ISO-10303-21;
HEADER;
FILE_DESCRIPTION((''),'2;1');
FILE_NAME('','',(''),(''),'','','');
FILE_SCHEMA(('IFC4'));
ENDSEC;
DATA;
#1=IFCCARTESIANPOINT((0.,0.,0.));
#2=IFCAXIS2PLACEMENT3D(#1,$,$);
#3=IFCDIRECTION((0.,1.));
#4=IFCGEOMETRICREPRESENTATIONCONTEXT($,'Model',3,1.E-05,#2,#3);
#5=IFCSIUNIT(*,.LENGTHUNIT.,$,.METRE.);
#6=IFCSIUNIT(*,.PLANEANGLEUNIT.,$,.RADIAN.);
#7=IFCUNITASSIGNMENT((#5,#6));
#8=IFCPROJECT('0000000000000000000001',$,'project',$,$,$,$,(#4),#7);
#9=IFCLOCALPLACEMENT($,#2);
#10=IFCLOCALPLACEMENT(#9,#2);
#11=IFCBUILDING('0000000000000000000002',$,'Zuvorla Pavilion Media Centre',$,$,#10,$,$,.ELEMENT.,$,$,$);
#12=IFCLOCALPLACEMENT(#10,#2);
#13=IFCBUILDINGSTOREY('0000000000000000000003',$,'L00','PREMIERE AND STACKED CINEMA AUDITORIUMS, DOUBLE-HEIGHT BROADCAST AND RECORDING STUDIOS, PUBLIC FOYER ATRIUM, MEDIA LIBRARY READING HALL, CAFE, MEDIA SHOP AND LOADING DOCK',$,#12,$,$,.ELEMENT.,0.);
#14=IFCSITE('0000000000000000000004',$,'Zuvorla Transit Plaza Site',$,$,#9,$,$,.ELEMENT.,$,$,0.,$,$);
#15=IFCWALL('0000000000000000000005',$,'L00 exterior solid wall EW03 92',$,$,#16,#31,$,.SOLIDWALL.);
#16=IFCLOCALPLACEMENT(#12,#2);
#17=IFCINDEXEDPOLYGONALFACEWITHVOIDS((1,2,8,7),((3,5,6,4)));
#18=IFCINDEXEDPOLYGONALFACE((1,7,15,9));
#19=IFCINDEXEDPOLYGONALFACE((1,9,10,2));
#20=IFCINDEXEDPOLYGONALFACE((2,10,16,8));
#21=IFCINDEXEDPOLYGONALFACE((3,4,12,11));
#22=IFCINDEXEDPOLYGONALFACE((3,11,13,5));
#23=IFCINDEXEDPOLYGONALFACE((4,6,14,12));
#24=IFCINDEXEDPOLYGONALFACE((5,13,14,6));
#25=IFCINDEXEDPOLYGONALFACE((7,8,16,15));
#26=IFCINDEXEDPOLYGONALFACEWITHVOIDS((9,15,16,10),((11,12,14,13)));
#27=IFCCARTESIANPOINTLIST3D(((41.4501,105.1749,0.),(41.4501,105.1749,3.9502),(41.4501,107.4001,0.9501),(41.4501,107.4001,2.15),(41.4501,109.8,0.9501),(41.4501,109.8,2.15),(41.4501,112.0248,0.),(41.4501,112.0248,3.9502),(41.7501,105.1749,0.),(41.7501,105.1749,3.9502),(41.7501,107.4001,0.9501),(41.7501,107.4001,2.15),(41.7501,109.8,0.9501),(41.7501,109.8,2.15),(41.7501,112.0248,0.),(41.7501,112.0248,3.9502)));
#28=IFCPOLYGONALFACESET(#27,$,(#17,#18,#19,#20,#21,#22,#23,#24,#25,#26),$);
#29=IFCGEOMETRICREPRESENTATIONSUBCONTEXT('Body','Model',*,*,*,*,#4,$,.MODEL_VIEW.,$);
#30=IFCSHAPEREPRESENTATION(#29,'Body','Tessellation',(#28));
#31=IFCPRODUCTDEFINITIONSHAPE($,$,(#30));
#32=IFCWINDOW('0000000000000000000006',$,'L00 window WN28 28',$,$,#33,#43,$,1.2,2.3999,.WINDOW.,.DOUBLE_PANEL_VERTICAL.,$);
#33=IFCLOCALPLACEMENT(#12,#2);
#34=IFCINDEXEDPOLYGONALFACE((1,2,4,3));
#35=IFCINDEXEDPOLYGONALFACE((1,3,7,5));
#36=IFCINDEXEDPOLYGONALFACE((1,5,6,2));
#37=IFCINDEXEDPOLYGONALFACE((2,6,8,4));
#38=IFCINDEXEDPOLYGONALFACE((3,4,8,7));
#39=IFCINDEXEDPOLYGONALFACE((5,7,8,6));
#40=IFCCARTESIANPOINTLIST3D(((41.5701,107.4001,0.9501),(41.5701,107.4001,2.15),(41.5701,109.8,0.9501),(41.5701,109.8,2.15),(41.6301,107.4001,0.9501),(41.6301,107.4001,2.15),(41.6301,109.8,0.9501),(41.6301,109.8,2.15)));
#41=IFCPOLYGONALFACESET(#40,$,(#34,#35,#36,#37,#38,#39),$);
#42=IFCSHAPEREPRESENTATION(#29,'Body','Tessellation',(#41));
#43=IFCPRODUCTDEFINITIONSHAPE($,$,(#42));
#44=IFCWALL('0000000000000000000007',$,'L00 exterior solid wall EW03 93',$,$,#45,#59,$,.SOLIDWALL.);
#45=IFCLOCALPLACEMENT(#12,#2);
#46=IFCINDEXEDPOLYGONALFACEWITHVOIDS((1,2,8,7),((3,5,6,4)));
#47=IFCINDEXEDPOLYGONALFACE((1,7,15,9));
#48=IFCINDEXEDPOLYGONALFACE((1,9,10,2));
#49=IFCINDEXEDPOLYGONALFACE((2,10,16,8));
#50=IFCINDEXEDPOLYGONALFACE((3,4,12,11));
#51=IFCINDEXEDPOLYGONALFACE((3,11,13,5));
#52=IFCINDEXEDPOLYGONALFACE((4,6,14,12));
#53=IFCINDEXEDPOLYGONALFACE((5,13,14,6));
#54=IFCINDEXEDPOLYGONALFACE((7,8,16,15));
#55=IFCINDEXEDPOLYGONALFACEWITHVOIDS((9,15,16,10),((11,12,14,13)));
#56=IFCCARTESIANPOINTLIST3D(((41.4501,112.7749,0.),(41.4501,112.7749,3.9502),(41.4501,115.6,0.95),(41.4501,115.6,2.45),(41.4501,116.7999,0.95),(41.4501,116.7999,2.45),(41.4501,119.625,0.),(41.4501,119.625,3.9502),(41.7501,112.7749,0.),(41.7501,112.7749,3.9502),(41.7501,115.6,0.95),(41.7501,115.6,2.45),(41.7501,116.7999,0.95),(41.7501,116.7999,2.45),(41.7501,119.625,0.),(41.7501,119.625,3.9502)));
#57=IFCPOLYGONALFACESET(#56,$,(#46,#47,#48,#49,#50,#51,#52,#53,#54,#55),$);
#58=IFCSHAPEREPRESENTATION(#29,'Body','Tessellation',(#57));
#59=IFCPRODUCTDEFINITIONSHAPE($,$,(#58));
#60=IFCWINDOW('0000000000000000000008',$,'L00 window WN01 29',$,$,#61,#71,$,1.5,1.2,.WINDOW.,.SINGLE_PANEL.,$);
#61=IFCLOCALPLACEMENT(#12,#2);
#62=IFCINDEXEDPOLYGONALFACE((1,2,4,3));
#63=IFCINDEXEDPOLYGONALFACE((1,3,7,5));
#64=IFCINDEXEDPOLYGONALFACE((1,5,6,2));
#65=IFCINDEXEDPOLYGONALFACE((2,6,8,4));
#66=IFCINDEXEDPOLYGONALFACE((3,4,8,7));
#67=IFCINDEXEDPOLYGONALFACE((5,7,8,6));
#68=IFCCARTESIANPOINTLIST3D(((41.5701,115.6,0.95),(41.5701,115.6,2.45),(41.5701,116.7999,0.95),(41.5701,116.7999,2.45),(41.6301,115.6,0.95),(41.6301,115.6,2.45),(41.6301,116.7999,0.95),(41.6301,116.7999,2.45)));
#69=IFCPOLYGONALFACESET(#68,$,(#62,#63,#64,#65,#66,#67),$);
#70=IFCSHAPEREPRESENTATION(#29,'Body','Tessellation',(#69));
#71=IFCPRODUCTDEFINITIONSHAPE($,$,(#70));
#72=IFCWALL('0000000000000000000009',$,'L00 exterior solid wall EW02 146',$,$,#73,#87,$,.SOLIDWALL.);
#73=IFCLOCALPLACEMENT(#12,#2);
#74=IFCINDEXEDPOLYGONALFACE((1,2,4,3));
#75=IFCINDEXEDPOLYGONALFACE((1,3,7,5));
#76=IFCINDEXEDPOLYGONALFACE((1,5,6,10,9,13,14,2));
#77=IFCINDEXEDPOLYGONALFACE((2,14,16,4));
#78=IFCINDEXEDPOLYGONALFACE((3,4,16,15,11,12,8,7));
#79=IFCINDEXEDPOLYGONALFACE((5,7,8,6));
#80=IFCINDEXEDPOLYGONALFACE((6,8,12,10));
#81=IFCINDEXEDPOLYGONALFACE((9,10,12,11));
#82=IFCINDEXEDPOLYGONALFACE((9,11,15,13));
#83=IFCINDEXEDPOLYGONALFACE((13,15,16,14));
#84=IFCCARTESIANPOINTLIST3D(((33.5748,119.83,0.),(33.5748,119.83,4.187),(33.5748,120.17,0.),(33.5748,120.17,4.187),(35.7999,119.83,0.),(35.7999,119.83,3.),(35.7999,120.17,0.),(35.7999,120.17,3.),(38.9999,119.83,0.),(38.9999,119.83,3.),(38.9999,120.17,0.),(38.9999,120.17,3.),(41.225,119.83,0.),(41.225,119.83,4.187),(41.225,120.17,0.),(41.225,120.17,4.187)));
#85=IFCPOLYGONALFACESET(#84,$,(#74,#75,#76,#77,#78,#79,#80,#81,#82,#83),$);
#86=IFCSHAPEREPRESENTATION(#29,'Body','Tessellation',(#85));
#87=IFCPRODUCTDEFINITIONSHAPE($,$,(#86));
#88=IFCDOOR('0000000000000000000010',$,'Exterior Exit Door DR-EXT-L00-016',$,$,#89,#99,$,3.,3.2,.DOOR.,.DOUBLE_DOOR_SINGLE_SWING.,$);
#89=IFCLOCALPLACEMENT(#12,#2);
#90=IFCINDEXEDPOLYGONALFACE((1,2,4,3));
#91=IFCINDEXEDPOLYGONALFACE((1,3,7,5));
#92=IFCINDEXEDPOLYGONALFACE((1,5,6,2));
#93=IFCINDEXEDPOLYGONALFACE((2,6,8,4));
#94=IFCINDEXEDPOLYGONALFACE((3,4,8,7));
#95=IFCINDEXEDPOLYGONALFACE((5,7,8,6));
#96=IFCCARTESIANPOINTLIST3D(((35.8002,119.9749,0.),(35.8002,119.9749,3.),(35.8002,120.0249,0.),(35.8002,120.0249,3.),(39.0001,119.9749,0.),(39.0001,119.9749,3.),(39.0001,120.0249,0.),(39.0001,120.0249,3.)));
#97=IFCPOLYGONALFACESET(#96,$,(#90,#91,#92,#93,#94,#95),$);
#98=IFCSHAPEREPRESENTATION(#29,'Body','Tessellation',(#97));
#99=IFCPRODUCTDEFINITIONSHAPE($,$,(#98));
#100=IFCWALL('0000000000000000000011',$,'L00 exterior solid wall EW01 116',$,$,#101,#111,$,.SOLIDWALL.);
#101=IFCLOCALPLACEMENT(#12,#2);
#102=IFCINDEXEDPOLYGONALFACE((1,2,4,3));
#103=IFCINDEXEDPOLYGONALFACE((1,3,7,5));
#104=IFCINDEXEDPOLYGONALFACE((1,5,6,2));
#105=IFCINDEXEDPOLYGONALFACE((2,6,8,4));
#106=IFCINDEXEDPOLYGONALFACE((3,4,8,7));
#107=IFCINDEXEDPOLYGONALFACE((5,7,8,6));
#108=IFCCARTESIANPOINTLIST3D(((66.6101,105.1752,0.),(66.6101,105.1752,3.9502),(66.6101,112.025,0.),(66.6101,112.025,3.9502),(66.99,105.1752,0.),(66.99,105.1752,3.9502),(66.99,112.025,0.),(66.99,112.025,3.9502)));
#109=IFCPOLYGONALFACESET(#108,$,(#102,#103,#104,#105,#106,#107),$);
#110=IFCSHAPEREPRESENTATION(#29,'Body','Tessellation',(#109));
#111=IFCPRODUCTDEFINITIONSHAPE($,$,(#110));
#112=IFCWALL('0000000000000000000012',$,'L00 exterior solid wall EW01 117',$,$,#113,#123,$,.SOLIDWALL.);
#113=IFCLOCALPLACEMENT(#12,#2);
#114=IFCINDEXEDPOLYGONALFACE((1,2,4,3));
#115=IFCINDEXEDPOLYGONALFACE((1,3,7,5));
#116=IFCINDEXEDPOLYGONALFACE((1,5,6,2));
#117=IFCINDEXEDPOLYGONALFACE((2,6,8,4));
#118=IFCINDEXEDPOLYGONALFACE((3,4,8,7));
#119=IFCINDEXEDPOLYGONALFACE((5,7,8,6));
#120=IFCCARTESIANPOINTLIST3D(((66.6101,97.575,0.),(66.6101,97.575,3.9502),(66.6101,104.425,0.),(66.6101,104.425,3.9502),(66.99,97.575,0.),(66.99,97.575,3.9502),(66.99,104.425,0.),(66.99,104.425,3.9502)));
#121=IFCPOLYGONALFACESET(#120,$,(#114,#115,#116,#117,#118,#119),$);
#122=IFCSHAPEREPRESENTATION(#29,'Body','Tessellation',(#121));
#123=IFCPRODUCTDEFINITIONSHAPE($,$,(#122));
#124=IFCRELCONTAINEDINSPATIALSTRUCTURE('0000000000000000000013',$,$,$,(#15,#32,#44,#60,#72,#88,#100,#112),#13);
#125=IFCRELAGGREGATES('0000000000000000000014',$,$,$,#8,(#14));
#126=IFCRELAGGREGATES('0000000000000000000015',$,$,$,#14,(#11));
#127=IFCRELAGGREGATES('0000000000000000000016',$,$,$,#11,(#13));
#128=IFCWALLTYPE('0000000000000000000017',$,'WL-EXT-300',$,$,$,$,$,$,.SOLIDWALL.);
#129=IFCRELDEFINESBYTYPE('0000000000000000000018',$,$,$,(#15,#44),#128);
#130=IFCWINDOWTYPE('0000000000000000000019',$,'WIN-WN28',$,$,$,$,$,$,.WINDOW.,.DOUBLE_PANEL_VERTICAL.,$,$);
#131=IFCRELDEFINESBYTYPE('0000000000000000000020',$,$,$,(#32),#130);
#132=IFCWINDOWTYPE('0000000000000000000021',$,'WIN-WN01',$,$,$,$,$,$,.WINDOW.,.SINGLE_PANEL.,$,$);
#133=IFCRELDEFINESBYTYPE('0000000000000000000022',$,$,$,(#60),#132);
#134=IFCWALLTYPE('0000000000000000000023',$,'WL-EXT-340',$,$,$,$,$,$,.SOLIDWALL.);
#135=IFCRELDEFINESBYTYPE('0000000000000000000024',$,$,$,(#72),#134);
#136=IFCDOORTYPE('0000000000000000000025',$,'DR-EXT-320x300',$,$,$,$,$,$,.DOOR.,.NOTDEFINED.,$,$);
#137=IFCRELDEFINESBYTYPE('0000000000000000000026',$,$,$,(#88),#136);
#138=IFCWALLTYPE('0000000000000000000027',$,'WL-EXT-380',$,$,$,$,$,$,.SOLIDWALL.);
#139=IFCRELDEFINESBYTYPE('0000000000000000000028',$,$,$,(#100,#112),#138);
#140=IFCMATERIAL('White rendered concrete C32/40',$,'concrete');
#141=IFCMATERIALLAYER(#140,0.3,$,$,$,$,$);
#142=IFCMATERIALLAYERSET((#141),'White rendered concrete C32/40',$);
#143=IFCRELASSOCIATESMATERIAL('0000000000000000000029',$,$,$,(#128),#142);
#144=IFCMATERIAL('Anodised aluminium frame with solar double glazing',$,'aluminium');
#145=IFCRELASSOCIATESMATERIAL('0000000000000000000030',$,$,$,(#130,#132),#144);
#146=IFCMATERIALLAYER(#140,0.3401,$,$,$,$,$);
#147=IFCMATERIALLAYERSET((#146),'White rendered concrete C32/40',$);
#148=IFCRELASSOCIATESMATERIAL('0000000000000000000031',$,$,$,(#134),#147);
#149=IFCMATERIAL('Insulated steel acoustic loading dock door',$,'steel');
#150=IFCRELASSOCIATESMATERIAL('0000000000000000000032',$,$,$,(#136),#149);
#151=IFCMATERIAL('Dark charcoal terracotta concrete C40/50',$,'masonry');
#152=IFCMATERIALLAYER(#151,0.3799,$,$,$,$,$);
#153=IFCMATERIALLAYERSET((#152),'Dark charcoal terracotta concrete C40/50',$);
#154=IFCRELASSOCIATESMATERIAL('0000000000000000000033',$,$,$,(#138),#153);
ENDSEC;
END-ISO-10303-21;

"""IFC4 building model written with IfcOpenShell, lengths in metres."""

from ifc_helpers import new_model, si_unit, direction, frame, frame_2d, origin, place, context, subcontext, project, spatial, rectangle, extrude, material, layer, layer_set, type_object, element, fill, save


model = new_model("IFC4")

# Units and contexts
model_context = context("Model", 3, precision=1e-05, world=origin(), true_north=direction((0.0, 1.0)))
body_context = subcontext(model_context, "Body", "Model", "MODEL_VIEW")
ifc_project = project(units=[si_unit("LENGTHUNIT", "METRE"), si_unit("PLANEANGLEUNIT", "RADIAN")], contexts=[model_context])

# Site, building, storey
site_placement = place(None, origin())
site = spatial("IfcSite", under=ifc_project, at=site_placement, Name="Zuvorla Transit Plaza Site", CompositionType="ELEMENT", RefElevation=0.0)
building_placement = place(site_placement, origin())
building = spatial("IfcBuilding", under=site, at=building_placement, Name="Zuvorla Pavilion Media Centre", CompositionType="ELEMENT")
storey_placement = place(building_placement, origin())
storey = spatial("IfcBuildingStorey", under=building, at=storey_placement, Name="L00", Description="PREMIERE AND STACKED CINEMA AUDITORIUMS, DOUBLE-HEIGHT BROADCAST AND RECORDING STUDIOS, PUBLIC FOYER ATRIUM, MEDIA LIBRARY READING HALL, CAFE, MEDIA SHOP AND LOADING DOCK", CompositionType="ELEMENT", Elevation=0.0)

# Walls, openings, windows
ifc_material_1 = material(Name="White rendered concrete C32/40", Category="concrete")
ifc_layer_1 = layer(ifc_material_1, 0.3)
ifc_layer_set_1 = layer_set([ifc_layer_1], Name="White rendered concrete C32/40")
wall_type_1 = type_object("IfcWallType", Name="WL-EXT-300", PredefinedType="SOLIDWALL", material=ifc_layer_set_1)
ifc_material_2 = material(Name="Anodised aluminium frame with solar double glazing", Category="aluminium")
wall_1_placement = place(storey_placement, frame((41.6001, 105.175, 0.0), z_axis=(0.0, 0.0, 1.0), x_axis=(0.0, 1.0, 0.0)))
wall_1 = element("IfcWall", 1, at=wall_1_placement, inside=storey, type_object=wall_type_1, Name="L00 exterior solid wall EW03 92", PredefinedType="SOLIDWALL", context=body_context, shape_type="SweptSolid", body=[
    extrude(rectangle(XDim=6.8499, YDim=0.3, at=frame_2d((3.4248, 0.0))), origin(), (0.0, 0.0, 1.0), 3.9502),
])
opening_1_placement = place(wall_1_placement, frame((2.2251, 0.0, 0.95)))
opening_1 = element("IfcOpeningElement", 2, at=opening_1_placement, cuts=wall_1, PredefinedType="OPENING", context=body_context, shape_type="SweptSolid", body=[
    extrude(rectangle(XDim=2.3999, YDim=1.2, at=frame_2d((1.2, 0.6001))), frame((0.0, 0.1599, 0.0), z_axis=(0.0, -1.0, 0.0), x_axis=(1.0, 0.0, 0.0)), (0.0, 0.0, 1.0), 0.3201),
])
window_type_1 = type_object("IfcWindowType", Name="WIN-WN28", PartitioningType="DOUBLE_PANEL_VERTICAL", PredefinedType="WINDOW", material=ifc_material_2)
window_1_placement = place(opening_1_placement, origin())
window_1 = element("IfcWindow", 3, at=window_1_placement, inside=storey, type_object=window_type_1, Name="L00 window WN28 28", OverallHeight=1.2, OverallWidth=2.3999, PartitioningType="DOUBLE_PANEL_VERTICAL", PredefinedType="WINDOW", context=body_context, shape_type="SweptSolid", body=[
    extrude(rectangle(XDim=2.3999, YDim=1.2, at=frame_2d((1.2, 0.6001))), frame((0.0, 0.03, 0.0), z_axis=(0.0, -1.0, 0.0), x_axis=(1.0, 0.0, 0.0)), (0.0, 0.0, 1.0), 0.0601),
])
fill(opening_1, window_1)
wall_2_placement = place(storey_placement, frame((41.6001, 112.7749, 0.0), z_axis=(0.0, 0.0, 1.0), x_axis=(0.0, 1.0, 0.0)))
wall_2 = element("IfcWall", 4, at=wall_2_placement, inside=storey, type_object=wall_type_1, Name="L00 exterior solid wall EW03 93", PredefinedType="SOLIDWALL", context=body_context, shape_type="SweptSolid", body=[
    extrude(rectangle(XDim=6.8501, YDim=0.3, at=frame_2d((3.425, 0.0))), origin(), (0.0, 0.0, 1.0), 3.9502),
])
opening_2_placement = place(wall_2_placement, frame((2.825, 0.0, 0.95)))
opening_2 = element("IfcOpeningElement", 5, at=opening_2_placement, cuts=wall_2, PredefinedType="OPENING", context=body_context, shape_type="SweptSolid", body=[
    extrude(rectangle(XDim=1.2, YDim=1.5, at=frame_2d((0.6001, 0.75))), frame((0.0, 0.1599, 0.0), z_axis=(0.0, -1.0, 0.0), x_axis=(1.0, 0.0, 0.0)), (0.0, 0.0, 1.0), 0.3201),
])
window_type_2 = type_object("IfcWindowType", Name="WIN-WN01", PartitioningType="SINGLE_PANEL", PredefinedType="WINDOW", material=ifc_material_2)
window_2_placement = place(opening_2_placement, origin())
window_2 = element("IfcWindow", 6, at=window_2_placement, inside=storey, type_object=window_type_2, Name="L00 window WN01 29", OverallHeight=1.5, OverallWidth=1.2, PartitioningType="SINGLE_PANEL", PredefinedType="WINDOW", context=body_context, shape_type="SweptSolid", body=[
    extrude(rectangle(XDim=1.2, YDim=1.5, at=frame_2d((0.6001, 0.75))), frame((0.0, 0.03, 0.0), z_axis=(0.0, -1.0, 0.0), x_axis=(1.0, 0.0, 0.0)), (0.0, 0.0, 1.0), 0.0601),
])
fill(opening_2, window_2)

# Wall, opening, door
ifc_layer_2 = layer(ifc_material_1, 0.3401)
ifc_layer_set_2 = layer_set([ifc_layer_2], Name="White rendered concrete C32/40")
wall_type_2 = type_object("IfcWallType", Name="WL-EXT-340", PredefinedType="SOLIDWALL", material=ifc_layer_set_2)
wall_3_placement = place(storey_placement, frame((41.2251, 120.0, 0.0), z_axis=(0.0, 0.0, 1.0), x_axis=(-1.0, 0.0, 0.0)))
wall_3 = element("IfcWall", 7, at=wall_3_placement, inside=storey, type_object=wall_type_2, Name="L00 exterior solid wall EW02 146", PredefinedType="SOLIDWALL", context=body_context, shape_type="SweptSolid", body=[
    extrude(rectangle(XDim=7.6501, YDim=0.3401, at=frame_2d((3.8252, 0.0))), origin(), (0.0, 0.0, 1.0), 4.187),
])
opening_3_placement = place(wall_3_placement, frame((2.2251, 0.0, 0.0)))
opening_3 = element("IfcOpeningElement", 8, at=opening_3_placement, cuts=wall_3, PredefinedType="OPENING", context=body_context, shape_type="SweptSolid", body=[
    extrude(rectangle(XDim=3.2, YDim=3.0, at=frame_2d((1.6001, 1.5))), frame((0.0, 0.1799, 0.0), z_axis=(0.0, -1.0, 0.0), x_axis=(1.0, 0.0, 0.0)), (0.0, 0.0, 1.0), 0.3601),
])
ifc_material_3 = material(Name="Insulated steel acoustic loading dock door", Category="steel")
door_type = type_object("IfcDoorType", Name="DR-EXT-320x300", OperationType="NOTDEFINED", PredefinedType="DOOR", material=ifc_material_3)
door_placement = place(opening_3_placement, frame((3.2, 0.0, 0.0), z_axis=(0.0, 0.0, 1.0), x_axis=(-1.0, 0.0, 0.0)))
door = element("IfcDoor", 9, at=door_placement, inside=storey, type_object=door_type, Name="Exterior Exit Door DR-EXT-L00-016", OperationType="DOUBLE_DOOR_SINGLE_SWING", OverallHeight=3.0, OverallWidth=3.2, PredefinedType="DOOR", context=body_context, shape_type="SweptSolid", body=[
    extrude(rectangle(XDim=3.2, YDim=3.0, at=frame_2d((1.6001, 1.5))), frame((0.0, 0.0249, 0.0), z_axis=(0.0, -1.0, 0.0), x_axis=(1.0, 0.0, 0.0)), (0.0, 0.0, 1.0), 0.05),
])
fill(opening_3, door)

# Walls
ifc_material_4 = material(Name="Dark charcoal terracotta concrete C40/50", Category="masonry")
ifc_layer_3 = layer(ifc_material_4, 0.3799)
ifc_layer_set_3 = layer_set([ifc_layer_3], Name="Dark charcoal terracotta concrete C40/50")
wall_type_3 = type_object("IfcWallType", Name="WL-EXT-380", PredefinedType="SOLIDWALL", material=ifc_layer_set_3)
wall_4_placement = place(storey_placement, frame((66.8, 112.0249, 0.0), z_axis=(0.0, 0.0, 1.0), x_axis=(0.0, -1.0, 0.0)))
element("IfcWall", 10, at=wall_4_placement, inside=storey, type_object=wall_type_3, Name="L00 exterior solid wall EW01 116", PredefinedType="SOLIDWALL", context=body_context, shape_type="SweptSolid", body=[
    extrude(rectangle(XDim=6.8499, YDim=0.3799, at=frame_2d((3.4248, 0.0))), origin(), (0.0, 0.0, 1.0), 3.9502),
])
wall_5_placement = place(storey_placement, frame((66.8, 104.425, 0.0), z_axis=(0.0, 0.0, 1.0), x_axis=(0.0, -1.0, 0.0)))
element("IfcWall", 11, at=wall_5_placement, inside=storey, type_object=wall_type_3, Name="L00 exterior solid wall EW01 117", PredefinedType="SOLIDWALL", context=body_context, shape_type="SweptSolid", body=[
    extrude(rectangle(XDim=6.8501, YDim=0.3799, at=frame_2d((3.425, 0.0))), origin(), (0.0, 0.0, 1.0), 3.9502),
])

save(model, "model.ifc")
